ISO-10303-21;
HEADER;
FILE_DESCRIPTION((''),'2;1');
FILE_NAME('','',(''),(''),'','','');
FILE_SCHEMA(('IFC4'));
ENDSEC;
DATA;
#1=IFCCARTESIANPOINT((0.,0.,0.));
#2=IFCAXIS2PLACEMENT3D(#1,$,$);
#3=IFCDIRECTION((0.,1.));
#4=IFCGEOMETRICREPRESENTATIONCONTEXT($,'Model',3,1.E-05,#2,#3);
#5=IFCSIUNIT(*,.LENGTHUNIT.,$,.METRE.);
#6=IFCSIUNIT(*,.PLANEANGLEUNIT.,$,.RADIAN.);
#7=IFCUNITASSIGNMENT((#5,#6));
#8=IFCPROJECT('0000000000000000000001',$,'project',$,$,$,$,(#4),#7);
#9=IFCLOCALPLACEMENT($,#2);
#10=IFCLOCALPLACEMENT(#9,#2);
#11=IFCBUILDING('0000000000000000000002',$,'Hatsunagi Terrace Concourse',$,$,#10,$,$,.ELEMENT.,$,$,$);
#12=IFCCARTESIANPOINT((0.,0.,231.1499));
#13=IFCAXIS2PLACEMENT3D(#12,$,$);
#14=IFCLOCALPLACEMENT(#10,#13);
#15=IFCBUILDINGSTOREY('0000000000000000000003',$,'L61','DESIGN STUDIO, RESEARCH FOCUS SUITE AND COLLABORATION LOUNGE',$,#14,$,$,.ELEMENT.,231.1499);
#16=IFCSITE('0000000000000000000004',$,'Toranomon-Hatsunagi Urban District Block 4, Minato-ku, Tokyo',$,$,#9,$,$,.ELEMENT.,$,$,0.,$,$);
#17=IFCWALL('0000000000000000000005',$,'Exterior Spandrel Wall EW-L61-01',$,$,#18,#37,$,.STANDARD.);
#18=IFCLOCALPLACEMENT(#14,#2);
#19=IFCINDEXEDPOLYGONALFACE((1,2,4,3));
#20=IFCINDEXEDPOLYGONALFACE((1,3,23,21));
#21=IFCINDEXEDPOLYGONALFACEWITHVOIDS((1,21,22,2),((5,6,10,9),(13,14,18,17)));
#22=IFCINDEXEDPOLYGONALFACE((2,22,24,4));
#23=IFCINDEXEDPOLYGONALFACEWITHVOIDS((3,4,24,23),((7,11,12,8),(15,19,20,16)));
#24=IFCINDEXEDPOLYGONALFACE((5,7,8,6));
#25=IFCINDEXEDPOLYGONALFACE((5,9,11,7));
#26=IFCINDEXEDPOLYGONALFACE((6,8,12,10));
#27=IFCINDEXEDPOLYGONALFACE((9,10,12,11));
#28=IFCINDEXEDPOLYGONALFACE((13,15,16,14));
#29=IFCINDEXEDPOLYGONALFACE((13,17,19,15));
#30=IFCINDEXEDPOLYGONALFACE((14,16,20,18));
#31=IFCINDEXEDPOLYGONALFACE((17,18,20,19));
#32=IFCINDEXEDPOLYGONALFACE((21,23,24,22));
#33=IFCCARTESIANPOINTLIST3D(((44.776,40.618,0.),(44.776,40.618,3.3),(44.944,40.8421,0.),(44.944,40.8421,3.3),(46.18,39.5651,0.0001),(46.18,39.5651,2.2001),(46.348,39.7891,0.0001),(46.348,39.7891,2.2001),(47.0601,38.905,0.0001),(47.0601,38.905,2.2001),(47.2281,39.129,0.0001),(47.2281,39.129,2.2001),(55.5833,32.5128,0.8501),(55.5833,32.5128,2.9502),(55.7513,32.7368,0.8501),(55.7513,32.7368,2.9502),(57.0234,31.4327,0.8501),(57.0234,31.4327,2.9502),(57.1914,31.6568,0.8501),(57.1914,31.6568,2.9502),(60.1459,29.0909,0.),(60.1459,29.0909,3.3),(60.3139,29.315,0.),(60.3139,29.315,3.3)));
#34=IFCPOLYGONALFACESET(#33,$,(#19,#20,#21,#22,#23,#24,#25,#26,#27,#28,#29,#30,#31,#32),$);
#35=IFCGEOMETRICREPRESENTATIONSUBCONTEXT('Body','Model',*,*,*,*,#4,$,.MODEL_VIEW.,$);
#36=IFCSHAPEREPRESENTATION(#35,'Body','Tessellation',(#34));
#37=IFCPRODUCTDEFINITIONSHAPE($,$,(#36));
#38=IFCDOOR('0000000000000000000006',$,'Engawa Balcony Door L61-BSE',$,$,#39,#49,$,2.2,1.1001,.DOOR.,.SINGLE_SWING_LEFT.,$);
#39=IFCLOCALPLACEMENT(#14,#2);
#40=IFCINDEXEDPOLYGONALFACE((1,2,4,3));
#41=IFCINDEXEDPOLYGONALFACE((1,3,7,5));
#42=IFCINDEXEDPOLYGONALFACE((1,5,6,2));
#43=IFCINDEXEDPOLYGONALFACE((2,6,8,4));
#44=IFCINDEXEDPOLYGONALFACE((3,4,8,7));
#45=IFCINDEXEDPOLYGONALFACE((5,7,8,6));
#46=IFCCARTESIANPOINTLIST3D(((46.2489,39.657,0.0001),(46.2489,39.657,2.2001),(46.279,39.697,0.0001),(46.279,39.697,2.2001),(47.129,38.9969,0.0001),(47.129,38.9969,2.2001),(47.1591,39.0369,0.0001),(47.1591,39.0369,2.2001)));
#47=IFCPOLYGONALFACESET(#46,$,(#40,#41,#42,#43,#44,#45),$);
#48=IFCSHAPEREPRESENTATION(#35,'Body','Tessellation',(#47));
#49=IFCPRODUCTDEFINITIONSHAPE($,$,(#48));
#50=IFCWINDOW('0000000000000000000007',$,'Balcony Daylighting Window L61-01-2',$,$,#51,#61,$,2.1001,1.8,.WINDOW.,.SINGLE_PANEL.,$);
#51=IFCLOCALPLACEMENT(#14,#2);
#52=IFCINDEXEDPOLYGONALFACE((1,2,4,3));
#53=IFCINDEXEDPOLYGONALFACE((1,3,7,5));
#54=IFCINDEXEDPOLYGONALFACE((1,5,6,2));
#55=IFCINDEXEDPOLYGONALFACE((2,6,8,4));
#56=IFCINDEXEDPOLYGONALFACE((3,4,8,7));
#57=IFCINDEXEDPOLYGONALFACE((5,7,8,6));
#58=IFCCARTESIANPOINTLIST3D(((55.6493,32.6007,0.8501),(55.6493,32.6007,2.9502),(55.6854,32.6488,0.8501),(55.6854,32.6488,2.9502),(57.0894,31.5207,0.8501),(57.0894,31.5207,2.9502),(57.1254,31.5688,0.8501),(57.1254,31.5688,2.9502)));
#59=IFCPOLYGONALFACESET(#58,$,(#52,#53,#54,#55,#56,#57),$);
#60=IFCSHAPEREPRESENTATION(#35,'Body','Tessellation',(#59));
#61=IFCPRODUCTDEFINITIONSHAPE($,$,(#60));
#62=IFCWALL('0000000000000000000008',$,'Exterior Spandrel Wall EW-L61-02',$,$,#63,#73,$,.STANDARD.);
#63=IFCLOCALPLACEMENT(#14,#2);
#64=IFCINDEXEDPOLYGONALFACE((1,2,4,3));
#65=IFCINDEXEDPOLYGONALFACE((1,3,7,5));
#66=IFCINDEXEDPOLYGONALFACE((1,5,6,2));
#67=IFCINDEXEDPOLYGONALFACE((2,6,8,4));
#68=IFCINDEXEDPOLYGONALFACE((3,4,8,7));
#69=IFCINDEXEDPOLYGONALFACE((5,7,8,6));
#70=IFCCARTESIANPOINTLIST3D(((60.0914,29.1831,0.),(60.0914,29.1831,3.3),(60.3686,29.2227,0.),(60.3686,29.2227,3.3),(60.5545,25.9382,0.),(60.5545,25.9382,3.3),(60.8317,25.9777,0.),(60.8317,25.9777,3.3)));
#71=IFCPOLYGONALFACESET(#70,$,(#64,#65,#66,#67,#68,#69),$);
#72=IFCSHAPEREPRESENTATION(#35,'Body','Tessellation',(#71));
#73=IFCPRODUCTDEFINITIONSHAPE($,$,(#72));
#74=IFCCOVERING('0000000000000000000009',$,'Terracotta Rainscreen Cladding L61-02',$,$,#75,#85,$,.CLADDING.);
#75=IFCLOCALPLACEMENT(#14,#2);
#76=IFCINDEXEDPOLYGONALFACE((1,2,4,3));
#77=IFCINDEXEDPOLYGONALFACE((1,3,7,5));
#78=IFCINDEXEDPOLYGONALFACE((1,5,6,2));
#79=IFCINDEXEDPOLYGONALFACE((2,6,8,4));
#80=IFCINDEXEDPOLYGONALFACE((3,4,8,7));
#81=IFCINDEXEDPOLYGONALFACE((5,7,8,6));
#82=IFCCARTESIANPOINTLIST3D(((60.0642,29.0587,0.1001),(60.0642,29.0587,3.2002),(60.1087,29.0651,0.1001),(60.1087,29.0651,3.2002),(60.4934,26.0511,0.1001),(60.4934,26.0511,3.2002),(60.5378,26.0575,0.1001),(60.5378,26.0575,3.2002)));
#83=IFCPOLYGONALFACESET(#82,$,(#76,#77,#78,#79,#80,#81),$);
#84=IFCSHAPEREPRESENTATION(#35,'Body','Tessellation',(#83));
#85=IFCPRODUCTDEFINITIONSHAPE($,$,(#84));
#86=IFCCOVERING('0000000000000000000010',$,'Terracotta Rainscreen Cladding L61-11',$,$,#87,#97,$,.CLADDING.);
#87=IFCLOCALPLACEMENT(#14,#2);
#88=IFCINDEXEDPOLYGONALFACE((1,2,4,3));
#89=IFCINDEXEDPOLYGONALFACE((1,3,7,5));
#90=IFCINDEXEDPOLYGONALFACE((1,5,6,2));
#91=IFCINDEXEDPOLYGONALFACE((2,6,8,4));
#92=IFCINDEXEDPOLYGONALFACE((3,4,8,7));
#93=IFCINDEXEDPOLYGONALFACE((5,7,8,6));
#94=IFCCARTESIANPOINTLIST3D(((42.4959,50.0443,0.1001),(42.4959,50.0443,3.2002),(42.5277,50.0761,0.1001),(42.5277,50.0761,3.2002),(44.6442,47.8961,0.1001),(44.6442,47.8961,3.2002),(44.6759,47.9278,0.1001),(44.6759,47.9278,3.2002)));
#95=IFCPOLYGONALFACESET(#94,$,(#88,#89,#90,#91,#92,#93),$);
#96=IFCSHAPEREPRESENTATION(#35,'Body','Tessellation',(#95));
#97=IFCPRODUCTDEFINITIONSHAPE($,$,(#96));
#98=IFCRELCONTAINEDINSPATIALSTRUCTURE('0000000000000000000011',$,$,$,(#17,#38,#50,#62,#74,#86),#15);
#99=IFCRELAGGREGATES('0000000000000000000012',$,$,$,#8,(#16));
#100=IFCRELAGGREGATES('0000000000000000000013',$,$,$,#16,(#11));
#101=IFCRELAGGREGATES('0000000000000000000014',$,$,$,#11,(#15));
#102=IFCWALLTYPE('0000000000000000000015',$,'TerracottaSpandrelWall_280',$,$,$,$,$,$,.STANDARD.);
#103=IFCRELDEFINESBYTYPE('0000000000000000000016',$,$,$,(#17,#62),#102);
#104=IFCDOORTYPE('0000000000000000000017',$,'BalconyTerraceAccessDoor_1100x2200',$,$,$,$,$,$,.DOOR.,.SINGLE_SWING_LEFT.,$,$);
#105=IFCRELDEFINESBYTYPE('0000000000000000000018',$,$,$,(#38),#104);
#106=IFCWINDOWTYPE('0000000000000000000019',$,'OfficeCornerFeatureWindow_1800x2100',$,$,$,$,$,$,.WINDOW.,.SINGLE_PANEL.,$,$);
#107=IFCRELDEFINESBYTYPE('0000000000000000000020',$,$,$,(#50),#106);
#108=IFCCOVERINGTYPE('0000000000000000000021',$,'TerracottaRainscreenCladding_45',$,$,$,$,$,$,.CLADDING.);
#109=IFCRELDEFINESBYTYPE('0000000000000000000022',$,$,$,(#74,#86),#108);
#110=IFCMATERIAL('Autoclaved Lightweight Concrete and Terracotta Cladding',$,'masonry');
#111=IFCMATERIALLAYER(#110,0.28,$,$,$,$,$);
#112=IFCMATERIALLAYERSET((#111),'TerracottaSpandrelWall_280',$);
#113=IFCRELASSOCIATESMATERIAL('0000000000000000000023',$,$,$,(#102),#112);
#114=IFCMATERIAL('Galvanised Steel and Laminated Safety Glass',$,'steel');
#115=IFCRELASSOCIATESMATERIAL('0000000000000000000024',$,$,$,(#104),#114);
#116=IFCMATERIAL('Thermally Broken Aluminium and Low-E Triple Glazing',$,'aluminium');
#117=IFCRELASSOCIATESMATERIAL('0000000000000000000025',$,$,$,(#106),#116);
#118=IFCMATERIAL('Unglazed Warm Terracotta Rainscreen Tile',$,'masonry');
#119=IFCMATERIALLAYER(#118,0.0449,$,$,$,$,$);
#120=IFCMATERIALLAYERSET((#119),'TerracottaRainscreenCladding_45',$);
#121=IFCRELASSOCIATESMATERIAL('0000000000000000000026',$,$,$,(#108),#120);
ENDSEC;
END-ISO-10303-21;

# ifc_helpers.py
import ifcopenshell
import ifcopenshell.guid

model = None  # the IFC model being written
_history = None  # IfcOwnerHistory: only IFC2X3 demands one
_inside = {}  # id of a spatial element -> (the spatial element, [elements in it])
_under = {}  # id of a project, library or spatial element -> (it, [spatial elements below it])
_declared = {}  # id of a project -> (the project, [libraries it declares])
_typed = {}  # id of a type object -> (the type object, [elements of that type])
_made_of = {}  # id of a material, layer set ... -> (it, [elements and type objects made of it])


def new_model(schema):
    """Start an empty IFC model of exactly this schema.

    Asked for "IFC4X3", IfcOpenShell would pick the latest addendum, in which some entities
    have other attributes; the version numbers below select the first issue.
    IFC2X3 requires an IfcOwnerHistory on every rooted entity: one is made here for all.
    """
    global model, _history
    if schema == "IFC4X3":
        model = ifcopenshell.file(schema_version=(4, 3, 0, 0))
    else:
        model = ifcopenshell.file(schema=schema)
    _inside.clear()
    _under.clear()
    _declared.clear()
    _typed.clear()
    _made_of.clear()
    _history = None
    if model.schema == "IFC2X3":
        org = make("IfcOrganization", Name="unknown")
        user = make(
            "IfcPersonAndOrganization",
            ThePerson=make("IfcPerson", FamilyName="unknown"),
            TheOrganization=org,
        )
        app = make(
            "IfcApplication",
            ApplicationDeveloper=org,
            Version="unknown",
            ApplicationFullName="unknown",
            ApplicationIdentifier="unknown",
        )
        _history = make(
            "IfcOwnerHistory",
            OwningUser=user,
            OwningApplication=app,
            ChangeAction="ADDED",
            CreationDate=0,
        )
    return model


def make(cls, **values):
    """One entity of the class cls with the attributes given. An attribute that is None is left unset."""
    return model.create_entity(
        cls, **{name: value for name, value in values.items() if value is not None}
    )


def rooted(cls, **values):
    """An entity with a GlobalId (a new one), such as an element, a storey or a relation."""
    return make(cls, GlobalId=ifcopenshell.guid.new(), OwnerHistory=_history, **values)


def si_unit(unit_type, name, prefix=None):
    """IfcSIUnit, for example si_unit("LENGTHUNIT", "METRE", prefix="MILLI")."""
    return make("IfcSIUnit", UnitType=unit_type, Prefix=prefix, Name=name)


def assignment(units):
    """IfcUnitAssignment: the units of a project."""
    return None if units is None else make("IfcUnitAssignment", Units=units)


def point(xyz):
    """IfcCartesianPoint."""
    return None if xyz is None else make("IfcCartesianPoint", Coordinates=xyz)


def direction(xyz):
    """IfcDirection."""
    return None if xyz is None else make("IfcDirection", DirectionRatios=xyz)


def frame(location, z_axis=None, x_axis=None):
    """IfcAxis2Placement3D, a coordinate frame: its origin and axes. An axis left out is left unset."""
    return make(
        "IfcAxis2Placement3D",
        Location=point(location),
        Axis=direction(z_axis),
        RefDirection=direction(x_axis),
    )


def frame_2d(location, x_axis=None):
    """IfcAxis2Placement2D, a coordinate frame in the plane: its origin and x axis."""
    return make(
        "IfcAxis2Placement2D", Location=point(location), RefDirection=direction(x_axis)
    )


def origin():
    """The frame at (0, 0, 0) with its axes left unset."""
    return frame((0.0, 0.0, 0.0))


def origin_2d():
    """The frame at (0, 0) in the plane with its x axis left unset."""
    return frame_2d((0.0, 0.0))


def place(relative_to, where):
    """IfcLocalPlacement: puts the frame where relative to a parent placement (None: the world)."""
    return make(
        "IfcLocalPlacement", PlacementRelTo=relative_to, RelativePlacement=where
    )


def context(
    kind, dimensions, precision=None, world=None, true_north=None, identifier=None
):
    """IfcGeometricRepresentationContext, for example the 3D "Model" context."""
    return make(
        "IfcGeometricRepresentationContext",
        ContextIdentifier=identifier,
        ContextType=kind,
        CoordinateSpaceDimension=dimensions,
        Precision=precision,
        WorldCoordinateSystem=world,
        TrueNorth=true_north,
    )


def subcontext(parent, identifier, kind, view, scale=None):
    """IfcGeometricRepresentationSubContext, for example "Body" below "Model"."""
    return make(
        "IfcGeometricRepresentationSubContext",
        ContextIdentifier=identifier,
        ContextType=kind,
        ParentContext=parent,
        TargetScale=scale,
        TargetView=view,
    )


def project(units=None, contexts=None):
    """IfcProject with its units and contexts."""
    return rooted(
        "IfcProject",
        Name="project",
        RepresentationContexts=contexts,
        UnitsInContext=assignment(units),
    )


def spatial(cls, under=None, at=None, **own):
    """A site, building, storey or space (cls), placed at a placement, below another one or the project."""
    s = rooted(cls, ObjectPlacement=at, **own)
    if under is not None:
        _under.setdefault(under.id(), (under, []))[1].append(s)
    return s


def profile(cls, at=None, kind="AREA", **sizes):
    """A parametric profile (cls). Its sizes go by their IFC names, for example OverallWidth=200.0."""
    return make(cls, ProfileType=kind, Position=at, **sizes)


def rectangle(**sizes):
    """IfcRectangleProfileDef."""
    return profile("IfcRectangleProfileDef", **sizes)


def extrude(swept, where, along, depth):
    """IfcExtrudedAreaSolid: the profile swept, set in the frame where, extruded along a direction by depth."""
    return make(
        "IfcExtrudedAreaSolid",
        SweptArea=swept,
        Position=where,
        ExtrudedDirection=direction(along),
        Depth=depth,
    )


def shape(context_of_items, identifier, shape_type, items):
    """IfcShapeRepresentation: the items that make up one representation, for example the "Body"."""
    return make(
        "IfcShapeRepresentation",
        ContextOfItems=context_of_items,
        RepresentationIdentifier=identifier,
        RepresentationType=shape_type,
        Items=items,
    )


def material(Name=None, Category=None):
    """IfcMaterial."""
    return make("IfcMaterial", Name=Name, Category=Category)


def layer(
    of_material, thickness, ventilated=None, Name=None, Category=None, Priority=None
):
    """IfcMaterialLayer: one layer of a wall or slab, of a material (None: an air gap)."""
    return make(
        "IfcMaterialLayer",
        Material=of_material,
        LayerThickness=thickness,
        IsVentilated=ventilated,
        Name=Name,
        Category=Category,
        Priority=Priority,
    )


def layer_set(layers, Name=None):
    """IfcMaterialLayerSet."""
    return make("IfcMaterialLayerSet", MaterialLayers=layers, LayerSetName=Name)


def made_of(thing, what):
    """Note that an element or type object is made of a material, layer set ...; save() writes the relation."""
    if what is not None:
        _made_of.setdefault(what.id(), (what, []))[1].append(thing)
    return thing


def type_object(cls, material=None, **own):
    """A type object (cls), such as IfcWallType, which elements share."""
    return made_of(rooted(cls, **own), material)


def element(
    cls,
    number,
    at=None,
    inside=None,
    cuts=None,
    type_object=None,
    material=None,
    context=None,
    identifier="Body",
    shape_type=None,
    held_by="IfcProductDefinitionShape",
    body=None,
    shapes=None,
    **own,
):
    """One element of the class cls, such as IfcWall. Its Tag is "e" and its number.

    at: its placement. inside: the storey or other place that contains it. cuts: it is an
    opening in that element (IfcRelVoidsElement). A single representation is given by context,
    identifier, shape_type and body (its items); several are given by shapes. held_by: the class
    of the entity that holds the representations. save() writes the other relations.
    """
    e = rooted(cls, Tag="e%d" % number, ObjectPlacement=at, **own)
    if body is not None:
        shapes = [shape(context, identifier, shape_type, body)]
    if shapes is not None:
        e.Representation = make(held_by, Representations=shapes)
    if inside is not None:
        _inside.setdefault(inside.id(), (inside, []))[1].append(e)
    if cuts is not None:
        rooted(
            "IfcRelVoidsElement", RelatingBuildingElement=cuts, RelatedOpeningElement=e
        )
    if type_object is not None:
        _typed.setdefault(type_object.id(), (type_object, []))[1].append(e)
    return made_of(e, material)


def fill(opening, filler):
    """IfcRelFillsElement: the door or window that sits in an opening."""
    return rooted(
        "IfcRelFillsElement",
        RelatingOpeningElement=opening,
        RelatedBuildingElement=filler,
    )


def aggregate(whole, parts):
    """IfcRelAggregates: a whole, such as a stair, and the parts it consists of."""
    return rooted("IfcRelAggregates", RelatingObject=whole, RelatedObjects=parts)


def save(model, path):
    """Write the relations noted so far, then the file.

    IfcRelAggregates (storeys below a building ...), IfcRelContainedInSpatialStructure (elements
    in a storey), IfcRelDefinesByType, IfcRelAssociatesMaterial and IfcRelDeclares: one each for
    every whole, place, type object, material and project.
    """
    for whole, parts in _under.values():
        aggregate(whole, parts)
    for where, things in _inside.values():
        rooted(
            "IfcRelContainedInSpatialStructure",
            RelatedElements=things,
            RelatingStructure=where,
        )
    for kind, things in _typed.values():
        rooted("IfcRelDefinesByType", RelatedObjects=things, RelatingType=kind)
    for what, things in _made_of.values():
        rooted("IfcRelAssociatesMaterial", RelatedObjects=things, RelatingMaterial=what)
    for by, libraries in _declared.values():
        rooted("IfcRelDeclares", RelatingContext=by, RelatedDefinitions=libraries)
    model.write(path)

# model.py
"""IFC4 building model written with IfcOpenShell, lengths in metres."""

from ifc_helpers import new_model, si_unit, direction, frame, frame_2d, origin, origin_2d, place, context, subcontext, project, spatial, rectangle, extrude, material, layer, layer_set, type_object, element, fill, save


model = new_model("IFC4")

# Units and contexts
model_context = context("Model", 3, precision=1e-05, world=origin(), true_north=direction((0.0, 1.0)))
body_context = subcontext(model_context, "Body", "Model", "MODEL_VIEW")
ifc_project = project(units=[si_unit("LENGTHUNIT", "METRE"), si_unit("PLANEANGLEUNIT", "RADIAN")], contexts=[model_context])

# Site, building, storey
site_placement = place(None, origin())
site = spatial("IfcSite", under=ifc_project, at=site_placement, Name="Toranomon-Hatsunagi Urban District Block 4, Minato-ku, Tokyo", CompositionType="ELEMENT", RefElevation=0.0)
building_placement = place(site_placement, origin())
building = spatial("IfcBuilding", under=site, at=building_placement, Name="Hatsunagi Terrace Concourse", CompositionType="ELEMENT")
storey_placement = place(building_placement, frame((0.0, 0.0, 231.1499)))
storey = spatial("IfcBuildingStorey", under=building, at=storey_placement, Name="L61", Description="DESIGN STUDIO, RESEARCH FOCUS SUITE AND COLLABORATION LOUNGE", CompositionType="ELEMENT", Elevation=231.1499)

# Wall, openings, door, window
ifc_material_1 = material(Name="Autoclaved Lightweight Concrete and Terracotta Cladding", Category="masonry")
ifc_layer_1 = layer(ifc_material_1, 0.28)
ifc_layer_set_1 = layer_set([ifc_layer_1], Name="TerracottaSpandrelWall_280")
wall_type_1 = type_object("IfcWallType", Name="TerracottaSpandrelWall_280", PredefinedType="STANDARD", material=ifc_layer_set_1)
wall_1_placement = place(storey_placement, frame((44.8601, 40.73, 0.0), z_axis=(0.0, 0.0, 1.0), x_axis=(0.800008, -0.59999, 0.0)))
wall_1 = element("IfcWall", 1, at=wall_1_placement, inside=storey, type_object=wall_type_1, Name="Exterior Spandrel Wall EW-L61-01", PredefinedType="STANDARD", context=body_context, shape_type="SweptSolid", body=[
    extrude(rectangle(XDim=19.2122, YDim=0.28, at=frame_2d((9.606, 0.0))), origin(), (0.0, 0.0, 1.0), 3.3),
])
opening_1_placement = place(wall_1_placement, frame((1.7549, 0.0, 0.0)))
opening_1 = element("IfcOpeningElement", 2, at=opening_1_placement, cuts=wall_1, PredefinedType="OPENING", context=body_context, shape_type="SweptSolid", body=[
    extrude(rectangle(XDim=1.1001, YDim=2.2, at=frame_2d((0.55, 1.1001))), frame((0.0, 0.1499, 0.0), z_axis=(0.0, -1.0, 0.0), x_axis=(1.0, 0.0, 0.0)), (0.0, 0.0, 1.0), 0.3),
])
opening_2_placement = place(wall_1_placement, frame((13.509, 0.0, 0.8501)))
opening_2 = element("IfcOpeningElement", 3, at=opening_2_placement, cuts=wall_1, PredefinedType="OPENING", context=body_context, shape_type="SweptSolid", body=[
    extrude(rectangle(XDim=1.8, YDim=2.1001, at=frame_2d((0.8999, 1.05))), frame((0.0, 0.1499, 0.0), z_axis=(0.0, -1.0, 0.0), x_axis=(1.0, 0.0, 0.0)), (0.0, 0.0, 1.0), 0.3),
])
ifc_material_2 = material(Name="Galvanised Steel and Laminated Safety Glass", Category="steel")
door_type = type_object("IfcDoorType", Name="BalconyTerraceAccessDoor_1100x2200", OperationType="SINGLE_SWING_LEFT", PredefinedType="DOOR", material=ifc_material_2)
door_placement = place(opening_1_placement, origin())
door = element("IfcDoor", 4, at=door_placement, inside=storey, type_object=door_type, Name="Engawa Balcony Door L61-BSE", OperationType="SINGLE_SWING_LEFT", OverallHeight=2.2, OverallWidth=1.1001, PredefinedType="DOOR", context=body_context, shape_type="SweptSolid", body=[
    extrude(rectangle(XDim=1.1001, YDim=2.2, at=frame_2d((0.55, 1.1001))), frame((0.0, 0.0249, 0.0), z_axis=(0.0, -1.0, 0.0), x_axis=(1.0, 0.0, 0.0)), (0.0, 0.0, 1.0), 0.05),
])
fill(opening_1, door)
ifc_material_3 = material(Name="Thermally Broken Aluminium and Low-E Triple Glazing", Category="aluminium")
window_type = type_object("IfcWindowType", Name="OfficeCornerFeatureWindow_1800x2100", PartitioningType="SINGLE_PANEL", PredefinedType="WINDOW", material=ifc_material_3)
window_placement = place(opening_2_placement, origin())
window = element("IfcWindow", 5, at=window_placement, inside=storey, type_object=window_type, Name="Balcony Daylighting Window L61-01-2", OverallHeight=2.1001, OverallWidth=1.8, PartitioningType="SINGLE_PANEL", PredefinedType="WINDOW", context=body_context, shape_type="SweptSolid", body=[
    extrude(rectangle(XDim=1.8, YDim=2.1001, at=frame_2d((0.8999, 1.05))), frame((0.0, 0.03, 0.0), z_axis=(0.0, -1.0, 0.0), x_axis=(1.0, 0.0, 0.0)), (0.0, 0.0, 1.0), 0.0601),
])
fill(opening_2, window)

# Wall
wall_2_placement = place(storey_placement, frame((60.23, 29.2029, 0.0), z_axis=(0.0, 0.0, 1.0), x_axis=(0.141296, -0.989967, 0.0)))
element("IfcWall", 6, at=wall_2_placement, inside=storey, type_object=wall_type_1, Name="Exterior Spandrel Wall EW-L61-02", PredefinedType="STANDARD", context=body_context, shape_type="SweptSolid", body=[
    extrude(rectangle(XDim=3.2778, YDim=0.28, at=frame_2d((1.6389, 0.0))), origin(), (0.0, 0.0, 1.0), 3.3),
])

# Coverings
ifc_material_4 = material(Name="Unglazed Warm Terracotta Rainscreen Tile", Category="masonry")
ifc_layer_2 = layer(ifc_material_4, 0.0449)
ifc_layer_set_2 = layer_set([ifc_layer_2], Name="TerracottaRainscreenCladding_45")
covering_type = type_object("IfcCoveringType", Name="TerracottaRainscreenCladding_45", PredefinedType="CLADDING", material=ifc_layer_set_2)
for number, where, z_axis, x_axis, name in (
    (7, (60.301, 27.5581, 0.1001), (0.0, 0.0, 1.0), (0.14125, -0.989974, 0.0), "Terracotta Rainscreen Cladding L61-02"),
    (8, (43.5859, 48.9861, 0.1001), (0.0, 0.0, 1.0), (0.707107, -0.707107, 0.0), "Terracotta Rainscreen Cladding L61-11"),
):
    element("IfcCovering", number, at=place(storey_placement, frame(where, z_axis=z_axis, x_axis=x_axis)), inside=storey, type_object=covering_type, Name=name, PredefinedType="CLADDING", context=body_context, shape_type="SweptSolid", body=[
        extrude(rectangle(XDim=3.0381, YDim=0.0449, at=origin_2d()), origin(), (0.0, 0.0, 1.0), 3.1001),
    ])

save(model, "model.ifc")
